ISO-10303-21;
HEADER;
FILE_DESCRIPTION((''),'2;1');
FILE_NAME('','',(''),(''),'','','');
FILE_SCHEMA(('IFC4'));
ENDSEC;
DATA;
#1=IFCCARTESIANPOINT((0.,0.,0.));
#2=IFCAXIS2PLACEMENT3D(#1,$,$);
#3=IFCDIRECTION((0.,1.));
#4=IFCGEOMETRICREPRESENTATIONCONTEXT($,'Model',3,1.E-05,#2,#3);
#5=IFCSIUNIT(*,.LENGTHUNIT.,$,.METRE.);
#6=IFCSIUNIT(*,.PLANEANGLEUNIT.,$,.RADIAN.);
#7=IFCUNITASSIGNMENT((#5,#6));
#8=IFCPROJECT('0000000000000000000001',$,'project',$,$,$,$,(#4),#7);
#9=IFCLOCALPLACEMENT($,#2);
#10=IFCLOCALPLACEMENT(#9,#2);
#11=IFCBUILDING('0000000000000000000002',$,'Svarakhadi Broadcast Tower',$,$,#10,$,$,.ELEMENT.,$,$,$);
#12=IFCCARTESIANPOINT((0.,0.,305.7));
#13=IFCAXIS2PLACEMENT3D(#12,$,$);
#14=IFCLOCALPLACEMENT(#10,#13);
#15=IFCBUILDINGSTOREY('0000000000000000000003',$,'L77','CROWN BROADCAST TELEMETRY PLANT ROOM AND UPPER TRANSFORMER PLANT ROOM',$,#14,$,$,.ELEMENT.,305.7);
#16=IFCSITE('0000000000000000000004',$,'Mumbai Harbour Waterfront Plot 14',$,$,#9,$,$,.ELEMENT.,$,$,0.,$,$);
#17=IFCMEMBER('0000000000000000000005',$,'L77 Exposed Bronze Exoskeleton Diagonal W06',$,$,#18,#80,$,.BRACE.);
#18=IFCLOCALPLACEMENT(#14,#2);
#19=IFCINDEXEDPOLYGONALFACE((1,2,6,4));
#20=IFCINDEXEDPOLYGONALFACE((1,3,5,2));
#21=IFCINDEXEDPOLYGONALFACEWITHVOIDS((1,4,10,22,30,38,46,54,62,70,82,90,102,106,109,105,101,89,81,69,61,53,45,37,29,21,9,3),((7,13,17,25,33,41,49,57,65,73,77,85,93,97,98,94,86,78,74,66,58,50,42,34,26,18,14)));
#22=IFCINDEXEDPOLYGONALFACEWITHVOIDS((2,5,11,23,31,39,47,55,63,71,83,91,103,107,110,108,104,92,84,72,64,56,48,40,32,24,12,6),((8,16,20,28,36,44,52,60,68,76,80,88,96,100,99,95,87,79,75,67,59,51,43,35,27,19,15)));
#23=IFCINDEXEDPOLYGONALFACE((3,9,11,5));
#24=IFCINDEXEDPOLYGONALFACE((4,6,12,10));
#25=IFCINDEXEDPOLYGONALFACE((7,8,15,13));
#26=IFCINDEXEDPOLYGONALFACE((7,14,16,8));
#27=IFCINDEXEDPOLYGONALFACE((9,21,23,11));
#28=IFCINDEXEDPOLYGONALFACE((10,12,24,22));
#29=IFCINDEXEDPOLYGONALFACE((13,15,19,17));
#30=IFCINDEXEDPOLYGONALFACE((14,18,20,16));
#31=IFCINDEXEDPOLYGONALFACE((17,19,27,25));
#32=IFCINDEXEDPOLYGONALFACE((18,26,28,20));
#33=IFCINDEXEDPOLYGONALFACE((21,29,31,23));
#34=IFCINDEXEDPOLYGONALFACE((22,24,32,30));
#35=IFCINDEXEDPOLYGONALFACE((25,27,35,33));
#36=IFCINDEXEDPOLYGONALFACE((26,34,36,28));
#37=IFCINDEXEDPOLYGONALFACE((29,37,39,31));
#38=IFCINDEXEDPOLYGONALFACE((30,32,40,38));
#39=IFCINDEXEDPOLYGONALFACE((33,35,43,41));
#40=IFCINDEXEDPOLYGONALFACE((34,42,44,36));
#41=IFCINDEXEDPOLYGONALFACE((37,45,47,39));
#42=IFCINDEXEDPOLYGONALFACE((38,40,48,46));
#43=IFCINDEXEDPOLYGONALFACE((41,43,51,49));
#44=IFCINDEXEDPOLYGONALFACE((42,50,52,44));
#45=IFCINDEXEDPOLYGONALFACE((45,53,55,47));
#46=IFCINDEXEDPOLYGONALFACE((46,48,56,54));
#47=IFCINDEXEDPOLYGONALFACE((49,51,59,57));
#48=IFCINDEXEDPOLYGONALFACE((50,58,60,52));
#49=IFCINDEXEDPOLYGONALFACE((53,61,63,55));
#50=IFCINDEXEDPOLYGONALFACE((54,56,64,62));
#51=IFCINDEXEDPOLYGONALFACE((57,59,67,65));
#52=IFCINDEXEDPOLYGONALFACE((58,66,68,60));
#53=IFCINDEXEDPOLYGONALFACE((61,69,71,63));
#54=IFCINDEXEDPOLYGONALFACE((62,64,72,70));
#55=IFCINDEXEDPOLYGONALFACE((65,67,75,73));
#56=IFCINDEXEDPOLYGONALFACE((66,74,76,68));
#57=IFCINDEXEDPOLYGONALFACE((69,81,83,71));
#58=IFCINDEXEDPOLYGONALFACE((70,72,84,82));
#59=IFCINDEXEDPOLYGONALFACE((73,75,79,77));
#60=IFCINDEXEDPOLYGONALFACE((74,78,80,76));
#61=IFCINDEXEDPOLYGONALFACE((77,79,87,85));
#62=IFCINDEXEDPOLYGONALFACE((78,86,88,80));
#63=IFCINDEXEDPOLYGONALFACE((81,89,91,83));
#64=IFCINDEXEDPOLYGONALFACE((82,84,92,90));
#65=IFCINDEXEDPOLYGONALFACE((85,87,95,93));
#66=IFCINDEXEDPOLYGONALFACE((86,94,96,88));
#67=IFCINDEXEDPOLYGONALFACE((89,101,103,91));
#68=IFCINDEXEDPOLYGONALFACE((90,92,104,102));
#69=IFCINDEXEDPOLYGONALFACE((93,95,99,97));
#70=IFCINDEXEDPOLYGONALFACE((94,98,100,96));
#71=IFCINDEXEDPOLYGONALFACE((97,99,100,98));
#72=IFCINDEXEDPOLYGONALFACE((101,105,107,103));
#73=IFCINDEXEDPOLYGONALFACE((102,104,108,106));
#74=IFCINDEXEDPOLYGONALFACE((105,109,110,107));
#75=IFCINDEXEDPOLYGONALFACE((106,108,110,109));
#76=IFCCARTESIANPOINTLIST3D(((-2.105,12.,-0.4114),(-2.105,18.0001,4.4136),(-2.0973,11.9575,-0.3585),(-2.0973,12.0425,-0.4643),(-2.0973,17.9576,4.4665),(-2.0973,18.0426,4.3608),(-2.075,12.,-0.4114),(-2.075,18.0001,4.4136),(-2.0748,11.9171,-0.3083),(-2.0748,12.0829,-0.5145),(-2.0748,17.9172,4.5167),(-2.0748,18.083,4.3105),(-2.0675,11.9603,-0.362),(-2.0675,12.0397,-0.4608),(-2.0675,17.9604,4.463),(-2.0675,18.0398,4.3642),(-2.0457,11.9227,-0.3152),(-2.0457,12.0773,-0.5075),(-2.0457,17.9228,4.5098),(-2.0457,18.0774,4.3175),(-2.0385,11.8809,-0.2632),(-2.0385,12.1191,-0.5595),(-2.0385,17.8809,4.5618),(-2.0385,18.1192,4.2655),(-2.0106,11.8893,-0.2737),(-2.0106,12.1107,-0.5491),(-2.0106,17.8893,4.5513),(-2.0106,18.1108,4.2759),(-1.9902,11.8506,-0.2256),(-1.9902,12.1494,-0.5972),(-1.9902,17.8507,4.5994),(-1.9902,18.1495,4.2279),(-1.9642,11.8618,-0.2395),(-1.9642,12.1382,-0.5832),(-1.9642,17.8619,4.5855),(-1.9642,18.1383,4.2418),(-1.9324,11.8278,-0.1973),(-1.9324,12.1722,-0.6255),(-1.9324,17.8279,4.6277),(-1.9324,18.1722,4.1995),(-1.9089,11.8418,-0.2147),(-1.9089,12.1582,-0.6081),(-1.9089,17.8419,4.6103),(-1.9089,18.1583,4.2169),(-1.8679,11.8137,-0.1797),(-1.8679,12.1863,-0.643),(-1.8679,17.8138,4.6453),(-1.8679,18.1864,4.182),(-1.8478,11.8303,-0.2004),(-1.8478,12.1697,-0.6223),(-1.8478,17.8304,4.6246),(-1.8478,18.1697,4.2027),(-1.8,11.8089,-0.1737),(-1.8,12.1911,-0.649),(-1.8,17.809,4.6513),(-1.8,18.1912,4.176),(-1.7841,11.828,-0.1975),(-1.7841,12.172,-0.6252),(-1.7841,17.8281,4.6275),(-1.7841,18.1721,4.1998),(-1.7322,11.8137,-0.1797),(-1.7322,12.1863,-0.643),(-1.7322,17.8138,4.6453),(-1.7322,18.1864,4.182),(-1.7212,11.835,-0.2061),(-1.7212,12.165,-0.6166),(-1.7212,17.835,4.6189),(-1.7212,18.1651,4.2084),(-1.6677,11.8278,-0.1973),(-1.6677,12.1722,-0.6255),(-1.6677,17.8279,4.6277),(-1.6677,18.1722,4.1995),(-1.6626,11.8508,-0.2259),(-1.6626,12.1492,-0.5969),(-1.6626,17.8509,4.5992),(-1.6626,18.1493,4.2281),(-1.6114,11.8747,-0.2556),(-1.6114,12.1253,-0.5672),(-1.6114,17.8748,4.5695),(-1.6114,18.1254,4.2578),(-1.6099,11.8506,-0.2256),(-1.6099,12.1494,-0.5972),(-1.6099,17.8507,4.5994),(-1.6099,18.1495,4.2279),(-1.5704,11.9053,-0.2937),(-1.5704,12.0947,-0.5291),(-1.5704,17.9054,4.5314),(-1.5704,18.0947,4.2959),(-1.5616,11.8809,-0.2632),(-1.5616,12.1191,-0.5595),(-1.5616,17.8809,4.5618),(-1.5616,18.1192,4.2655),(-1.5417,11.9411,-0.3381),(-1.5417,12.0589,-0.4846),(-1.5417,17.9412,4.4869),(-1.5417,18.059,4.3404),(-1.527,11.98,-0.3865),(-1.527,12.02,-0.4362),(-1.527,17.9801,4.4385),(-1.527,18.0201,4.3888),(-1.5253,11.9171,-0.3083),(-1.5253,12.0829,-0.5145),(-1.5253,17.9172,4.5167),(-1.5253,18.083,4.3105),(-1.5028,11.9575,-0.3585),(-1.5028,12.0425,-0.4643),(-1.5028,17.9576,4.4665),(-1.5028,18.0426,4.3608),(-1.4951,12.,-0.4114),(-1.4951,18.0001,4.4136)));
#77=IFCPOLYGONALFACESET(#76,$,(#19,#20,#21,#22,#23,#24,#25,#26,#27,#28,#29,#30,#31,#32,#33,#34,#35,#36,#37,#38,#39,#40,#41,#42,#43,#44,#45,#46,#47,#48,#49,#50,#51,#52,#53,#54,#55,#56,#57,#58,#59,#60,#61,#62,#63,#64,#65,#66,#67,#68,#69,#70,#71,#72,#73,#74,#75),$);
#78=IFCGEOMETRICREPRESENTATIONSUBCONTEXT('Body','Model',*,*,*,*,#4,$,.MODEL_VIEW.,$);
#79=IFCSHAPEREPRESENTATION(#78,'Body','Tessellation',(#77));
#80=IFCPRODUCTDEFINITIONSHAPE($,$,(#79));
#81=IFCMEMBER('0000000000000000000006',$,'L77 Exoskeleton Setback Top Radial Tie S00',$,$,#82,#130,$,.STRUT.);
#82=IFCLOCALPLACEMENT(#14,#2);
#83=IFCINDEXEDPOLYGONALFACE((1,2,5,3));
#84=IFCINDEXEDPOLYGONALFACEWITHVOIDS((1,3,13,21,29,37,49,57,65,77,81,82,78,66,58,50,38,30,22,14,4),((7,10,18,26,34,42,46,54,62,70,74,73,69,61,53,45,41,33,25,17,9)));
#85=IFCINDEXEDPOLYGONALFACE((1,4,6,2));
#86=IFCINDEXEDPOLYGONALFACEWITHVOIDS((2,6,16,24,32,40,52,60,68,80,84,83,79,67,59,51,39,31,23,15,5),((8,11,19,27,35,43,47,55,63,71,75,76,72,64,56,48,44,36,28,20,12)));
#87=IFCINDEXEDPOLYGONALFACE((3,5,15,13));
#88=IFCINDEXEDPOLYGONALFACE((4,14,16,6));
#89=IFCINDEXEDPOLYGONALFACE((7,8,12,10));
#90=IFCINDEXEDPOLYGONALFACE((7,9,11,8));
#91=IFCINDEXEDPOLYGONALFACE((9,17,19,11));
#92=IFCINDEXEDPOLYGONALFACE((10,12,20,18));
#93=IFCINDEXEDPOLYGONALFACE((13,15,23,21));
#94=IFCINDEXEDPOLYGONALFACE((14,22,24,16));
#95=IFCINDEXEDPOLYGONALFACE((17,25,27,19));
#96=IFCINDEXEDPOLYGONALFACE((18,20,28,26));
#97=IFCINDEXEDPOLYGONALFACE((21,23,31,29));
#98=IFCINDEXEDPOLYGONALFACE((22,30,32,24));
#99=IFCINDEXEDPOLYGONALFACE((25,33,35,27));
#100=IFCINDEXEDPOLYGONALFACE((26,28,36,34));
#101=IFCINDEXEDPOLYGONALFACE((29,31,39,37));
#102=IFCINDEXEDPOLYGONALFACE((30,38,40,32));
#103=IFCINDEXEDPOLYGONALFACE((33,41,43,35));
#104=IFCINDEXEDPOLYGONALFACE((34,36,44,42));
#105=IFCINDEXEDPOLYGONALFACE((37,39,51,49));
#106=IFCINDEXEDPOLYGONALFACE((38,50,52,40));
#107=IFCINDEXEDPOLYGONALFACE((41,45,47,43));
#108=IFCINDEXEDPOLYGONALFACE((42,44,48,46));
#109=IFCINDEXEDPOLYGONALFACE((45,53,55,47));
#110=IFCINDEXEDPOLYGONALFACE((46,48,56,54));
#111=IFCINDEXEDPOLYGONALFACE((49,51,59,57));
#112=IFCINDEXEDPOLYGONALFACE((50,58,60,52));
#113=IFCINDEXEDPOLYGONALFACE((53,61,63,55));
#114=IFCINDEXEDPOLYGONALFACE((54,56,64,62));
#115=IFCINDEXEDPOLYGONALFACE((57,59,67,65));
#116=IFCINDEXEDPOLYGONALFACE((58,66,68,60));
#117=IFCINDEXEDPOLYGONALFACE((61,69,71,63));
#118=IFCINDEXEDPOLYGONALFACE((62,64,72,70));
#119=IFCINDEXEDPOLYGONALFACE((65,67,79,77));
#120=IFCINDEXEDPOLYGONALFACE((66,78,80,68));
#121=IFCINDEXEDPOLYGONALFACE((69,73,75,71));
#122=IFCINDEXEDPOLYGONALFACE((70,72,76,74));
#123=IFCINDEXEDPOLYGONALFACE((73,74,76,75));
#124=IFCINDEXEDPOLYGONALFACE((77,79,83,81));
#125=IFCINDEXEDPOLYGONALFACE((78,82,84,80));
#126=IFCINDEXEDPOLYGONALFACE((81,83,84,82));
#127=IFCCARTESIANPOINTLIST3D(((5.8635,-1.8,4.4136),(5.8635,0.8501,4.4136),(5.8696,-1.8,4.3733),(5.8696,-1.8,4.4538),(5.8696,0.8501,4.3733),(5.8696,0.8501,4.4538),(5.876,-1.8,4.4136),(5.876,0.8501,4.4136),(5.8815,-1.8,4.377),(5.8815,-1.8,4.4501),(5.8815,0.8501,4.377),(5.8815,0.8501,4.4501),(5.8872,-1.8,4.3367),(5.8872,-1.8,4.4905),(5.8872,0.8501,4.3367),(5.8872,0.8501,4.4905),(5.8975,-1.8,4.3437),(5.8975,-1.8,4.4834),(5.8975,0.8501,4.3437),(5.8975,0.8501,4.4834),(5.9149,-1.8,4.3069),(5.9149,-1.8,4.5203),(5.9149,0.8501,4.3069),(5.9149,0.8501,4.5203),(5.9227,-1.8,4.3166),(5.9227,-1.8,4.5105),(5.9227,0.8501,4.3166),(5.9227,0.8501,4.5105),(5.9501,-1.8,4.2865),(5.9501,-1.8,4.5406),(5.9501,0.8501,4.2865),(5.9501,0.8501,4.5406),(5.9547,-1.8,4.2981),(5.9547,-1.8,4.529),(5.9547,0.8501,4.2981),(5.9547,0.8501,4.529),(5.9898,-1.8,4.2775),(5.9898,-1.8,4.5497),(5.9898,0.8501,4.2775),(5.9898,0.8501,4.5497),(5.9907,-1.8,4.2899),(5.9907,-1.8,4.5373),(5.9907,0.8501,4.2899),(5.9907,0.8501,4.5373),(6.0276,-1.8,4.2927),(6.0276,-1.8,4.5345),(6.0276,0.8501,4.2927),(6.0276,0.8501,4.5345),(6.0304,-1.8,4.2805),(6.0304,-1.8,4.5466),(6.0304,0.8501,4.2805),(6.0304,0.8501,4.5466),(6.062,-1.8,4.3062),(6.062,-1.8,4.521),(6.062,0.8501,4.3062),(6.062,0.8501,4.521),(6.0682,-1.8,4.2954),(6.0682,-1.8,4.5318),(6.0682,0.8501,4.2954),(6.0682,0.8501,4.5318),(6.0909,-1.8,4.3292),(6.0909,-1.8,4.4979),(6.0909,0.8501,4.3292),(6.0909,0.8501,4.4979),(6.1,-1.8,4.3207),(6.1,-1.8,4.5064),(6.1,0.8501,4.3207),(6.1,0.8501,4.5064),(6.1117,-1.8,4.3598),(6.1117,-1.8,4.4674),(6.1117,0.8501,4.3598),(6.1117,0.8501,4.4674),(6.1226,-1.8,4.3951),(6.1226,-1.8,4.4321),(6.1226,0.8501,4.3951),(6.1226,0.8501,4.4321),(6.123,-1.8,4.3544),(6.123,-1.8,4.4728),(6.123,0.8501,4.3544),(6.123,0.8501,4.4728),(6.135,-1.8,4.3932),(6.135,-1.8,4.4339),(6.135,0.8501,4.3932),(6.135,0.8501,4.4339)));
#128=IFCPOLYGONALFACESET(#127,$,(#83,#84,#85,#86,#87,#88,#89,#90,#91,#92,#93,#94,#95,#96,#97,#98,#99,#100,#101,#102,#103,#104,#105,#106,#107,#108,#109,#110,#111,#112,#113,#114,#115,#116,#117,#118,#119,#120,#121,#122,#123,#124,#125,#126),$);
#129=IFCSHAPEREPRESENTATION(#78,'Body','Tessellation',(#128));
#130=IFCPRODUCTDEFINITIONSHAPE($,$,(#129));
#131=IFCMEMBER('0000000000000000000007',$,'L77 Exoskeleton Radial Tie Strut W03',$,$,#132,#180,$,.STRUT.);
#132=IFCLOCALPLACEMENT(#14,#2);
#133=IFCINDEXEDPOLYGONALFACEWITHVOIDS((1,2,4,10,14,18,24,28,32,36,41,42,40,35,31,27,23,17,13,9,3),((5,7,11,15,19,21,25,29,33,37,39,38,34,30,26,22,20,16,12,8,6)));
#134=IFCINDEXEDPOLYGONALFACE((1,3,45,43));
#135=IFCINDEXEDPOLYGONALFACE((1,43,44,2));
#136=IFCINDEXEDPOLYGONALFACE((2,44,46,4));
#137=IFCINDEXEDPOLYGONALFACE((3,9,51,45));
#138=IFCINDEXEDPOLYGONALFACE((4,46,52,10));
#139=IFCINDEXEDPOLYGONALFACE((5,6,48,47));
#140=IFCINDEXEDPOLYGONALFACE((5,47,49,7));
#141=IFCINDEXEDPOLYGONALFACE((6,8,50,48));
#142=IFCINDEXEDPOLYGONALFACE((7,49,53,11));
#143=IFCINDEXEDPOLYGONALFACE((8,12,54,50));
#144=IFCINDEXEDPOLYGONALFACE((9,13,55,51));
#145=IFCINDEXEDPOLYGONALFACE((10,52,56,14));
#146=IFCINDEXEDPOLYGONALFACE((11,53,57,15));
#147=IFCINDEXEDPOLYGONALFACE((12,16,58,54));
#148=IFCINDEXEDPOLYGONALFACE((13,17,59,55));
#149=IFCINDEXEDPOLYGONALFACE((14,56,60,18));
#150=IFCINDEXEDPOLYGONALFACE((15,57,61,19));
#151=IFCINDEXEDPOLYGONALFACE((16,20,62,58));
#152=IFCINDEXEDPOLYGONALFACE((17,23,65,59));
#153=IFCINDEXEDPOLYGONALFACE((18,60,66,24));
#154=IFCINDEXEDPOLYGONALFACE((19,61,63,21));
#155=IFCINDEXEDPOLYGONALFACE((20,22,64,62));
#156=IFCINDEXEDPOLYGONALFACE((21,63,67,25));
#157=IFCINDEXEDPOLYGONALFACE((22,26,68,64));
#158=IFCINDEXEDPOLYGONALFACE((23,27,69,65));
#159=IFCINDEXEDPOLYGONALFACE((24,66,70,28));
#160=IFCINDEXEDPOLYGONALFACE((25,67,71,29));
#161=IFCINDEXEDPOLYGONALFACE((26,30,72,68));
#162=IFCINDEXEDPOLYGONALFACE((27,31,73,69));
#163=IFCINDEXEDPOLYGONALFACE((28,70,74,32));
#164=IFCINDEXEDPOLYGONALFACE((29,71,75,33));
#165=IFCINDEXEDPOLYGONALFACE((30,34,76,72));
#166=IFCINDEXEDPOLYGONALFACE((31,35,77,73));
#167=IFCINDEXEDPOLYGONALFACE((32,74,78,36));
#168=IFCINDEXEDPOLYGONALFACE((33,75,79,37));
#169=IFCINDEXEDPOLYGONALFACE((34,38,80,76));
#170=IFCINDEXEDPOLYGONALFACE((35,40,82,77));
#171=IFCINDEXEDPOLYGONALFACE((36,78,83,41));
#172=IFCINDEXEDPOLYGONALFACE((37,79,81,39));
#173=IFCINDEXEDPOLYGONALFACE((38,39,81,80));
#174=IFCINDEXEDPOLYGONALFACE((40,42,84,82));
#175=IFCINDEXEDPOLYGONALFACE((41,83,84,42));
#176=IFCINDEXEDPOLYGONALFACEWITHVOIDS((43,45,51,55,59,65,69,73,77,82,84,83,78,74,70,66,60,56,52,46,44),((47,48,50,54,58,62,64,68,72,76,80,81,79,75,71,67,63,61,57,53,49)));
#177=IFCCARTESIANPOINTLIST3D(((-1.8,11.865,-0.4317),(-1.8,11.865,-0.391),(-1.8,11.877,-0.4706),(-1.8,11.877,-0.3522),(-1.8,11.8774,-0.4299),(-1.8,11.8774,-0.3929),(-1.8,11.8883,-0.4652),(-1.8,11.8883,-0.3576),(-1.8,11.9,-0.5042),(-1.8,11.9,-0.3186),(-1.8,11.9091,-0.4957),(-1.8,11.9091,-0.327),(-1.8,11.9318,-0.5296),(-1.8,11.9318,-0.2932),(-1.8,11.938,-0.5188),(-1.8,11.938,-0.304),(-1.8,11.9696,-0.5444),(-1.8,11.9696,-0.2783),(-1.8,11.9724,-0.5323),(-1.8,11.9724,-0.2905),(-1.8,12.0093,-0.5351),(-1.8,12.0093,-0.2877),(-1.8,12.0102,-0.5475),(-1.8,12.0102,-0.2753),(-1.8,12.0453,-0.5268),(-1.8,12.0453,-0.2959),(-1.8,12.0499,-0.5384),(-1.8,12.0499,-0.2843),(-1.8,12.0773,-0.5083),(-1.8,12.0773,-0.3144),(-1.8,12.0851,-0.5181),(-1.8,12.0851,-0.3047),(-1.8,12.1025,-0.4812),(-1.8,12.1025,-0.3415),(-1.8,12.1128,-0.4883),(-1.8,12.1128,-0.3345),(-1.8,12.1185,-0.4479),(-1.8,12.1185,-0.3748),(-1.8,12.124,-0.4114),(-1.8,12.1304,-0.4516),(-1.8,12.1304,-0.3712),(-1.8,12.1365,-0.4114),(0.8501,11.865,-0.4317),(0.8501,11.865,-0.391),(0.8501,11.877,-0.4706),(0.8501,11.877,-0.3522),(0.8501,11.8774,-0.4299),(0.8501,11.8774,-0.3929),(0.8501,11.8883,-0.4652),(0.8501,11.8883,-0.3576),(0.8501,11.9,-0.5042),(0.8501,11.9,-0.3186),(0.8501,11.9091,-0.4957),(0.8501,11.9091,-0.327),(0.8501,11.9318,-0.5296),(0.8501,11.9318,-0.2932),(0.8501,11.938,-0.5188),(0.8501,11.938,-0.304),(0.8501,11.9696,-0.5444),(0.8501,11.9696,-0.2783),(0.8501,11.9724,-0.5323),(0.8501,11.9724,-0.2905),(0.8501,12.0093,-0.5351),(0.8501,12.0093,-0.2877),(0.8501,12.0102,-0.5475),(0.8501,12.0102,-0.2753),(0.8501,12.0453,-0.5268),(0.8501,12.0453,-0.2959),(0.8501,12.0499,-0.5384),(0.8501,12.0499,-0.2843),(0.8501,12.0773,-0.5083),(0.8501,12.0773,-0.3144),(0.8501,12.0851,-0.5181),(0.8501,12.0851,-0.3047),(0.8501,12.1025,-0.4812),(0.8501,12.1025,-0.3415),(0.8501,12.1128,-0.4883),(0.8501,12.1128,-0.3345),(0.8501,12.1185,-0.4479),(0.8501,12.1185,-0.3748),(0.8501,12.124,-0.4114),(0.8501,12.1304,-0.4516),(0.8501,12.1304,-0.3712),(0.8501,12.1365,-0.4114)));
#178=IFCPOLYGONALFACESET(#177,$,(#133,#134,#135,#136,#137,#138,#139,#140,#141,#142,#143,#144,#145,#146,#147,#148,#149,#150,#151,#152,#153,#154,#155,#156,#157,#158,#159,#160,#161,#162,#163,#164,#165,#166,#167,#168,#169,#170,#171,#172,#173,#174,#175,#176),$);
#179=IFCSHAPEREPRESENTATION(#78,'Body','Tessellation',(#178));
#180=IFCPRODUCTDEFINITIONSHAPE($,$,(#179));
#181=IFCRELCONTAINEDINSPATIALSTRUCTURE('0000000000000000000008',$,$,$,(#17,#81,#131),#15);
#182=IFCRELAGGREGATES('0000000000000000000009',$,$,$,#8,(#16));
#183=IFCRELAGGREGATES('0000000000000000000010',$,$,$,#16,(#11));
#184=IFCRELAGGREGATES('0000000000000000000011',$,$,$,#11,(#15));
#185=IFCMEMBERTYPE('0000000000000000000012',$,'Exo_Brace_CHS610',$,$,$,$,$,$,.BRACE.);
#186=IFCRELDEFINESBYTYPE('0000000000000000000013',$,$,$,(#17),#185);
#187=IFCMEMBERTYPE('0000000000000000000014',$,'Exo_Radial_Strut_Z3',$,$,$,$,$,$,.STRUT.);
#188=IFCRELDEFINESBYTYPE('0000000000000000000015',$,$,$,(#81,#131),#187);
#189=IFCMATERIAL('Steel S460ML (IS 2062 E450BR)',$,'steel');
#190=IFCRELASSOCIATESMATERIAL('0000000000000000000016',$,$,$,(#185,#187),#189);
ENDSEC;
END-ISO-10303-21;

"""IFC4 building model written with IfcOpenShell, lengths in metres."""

from ifc_helpers import new_model, si_unit, direction, frame, origin, origin_2d, place, context, subcontext, project, spatial, hollow_circle, extrude, material, material_profile, profile_set, type_object, element, save


model = new_model("IFC4")

# Units and contexts
model_context = context("Model", 3, precision=1e-05, world=origin(), true_north=direction((0.0, 1.0)))
body_context = subcontext(model_context, "Body", "Model", "MODEL_VIEW")
ifc_project = project(units=[si_unit("LENGTHUNIT", "METRE"), si_unit("PLANEANGLEUNIT", "RADIAN")], contexts=[model_context])

# Site, building, storey
site_placement = place(None, origin())
site = spatial("IfcSite", under=ifc_project, at=site_placement, Name="Mumbai Harbour Waterfront Plot 14", CompositionType="ELEMENT", RefElevation=0.0)
building_placement = place(site_placement, origin())
building = spatial("IfcBuilding", under=site, at=building_placement, Name="Svarakhadi Broadcast Tower", CompositionType="ELEMENT")
storey_placement = place(building_placement, frame((0.0, 0.0, 305.7)))
storey = spatial("IfcBuildingStorey", under=building, at=storey_placement, Name="L77", Description="CROWN BROADCAST TELEMETRY PLANT ROOM AND UPPER TRANSFORMER PLANT ROOM", CompositionType="ELEMENT", Elevation=305.7)

# Shared definitions
ifc_material_1 = material(Name="Steel S460ML (IS 2062 E450BR)", Category="steel")

# Members
ifc_material_profile_1 = material_profile(ifc_material_1, hollow_circle(Radius=0.3049, WallThickness=0.03, at=origin_2d()), Name="CHS 610x30")
ifc_profile_set_1 = profile_set([ifc_material_profile_1], Name="Steel S460ML (IS 2062 E450BR)")
member_type_1 = type_object("IfcMemberType", Name="Exo_Brace_CHS610", PredefinedType="BRACE", material=ifc_profile_set_1)
for number, where, z_axis, x_axis, name in (
    (1, (-1.8, 12.0, -0.4114), (0.0, 0.779285, 0.626669), (-1.0, 0.0, 0.0), "L77 Exposed Bronze Exoskeleton Diagonal W06"),
):
    element("IfcMember", number, at=place(storey_placement, frame(where, z_axis=z_axis, x_axis=x_axis)), inside=storey, type_object=member_type_1, Name=name, PredefinedType="BRACE", context=body_context, shape_type="SweptSolid", body=[
        extrude(hollow_circle(Radius=0.3049, WallThickness=0.03, at=origin_2d()), origin(), (0.0, 0.0, 1.0), 7.6995),
    ])
ifc_material_profile_2 = material_profile(ifc_material_1, hollow_circle(Radius=0.1365, WallThickness=0.0125, at=origin_2d()), Name="CHS 273x12.5")
ifc_profile_set_2 = profile_set([ifc_material_profile_2], Name="Steel S460ML (IS 2062 E450BR)")
member_type_2 = type_object("IfcMemberType", Name="Exo_Radial_Strut_Z3", PredefinedType="STRUT", material=ifc_profile_set_2)
for number, where, z_axis, x_axis, name in (
    (2, (6.0, -1.8, 4.4136), (0.0, 1.0, 0.0), (-1.0, 0.0, 0.0), "L77 Exoskeleton Setback Top Radial Tie S00"),
    (3, (-1.8, 12.0, -0.4114), (1.0, 0.0, 0.0), (0.0, 1.0, 0.0), "L77 Exoskeleton Radial Tie Strut W03"),
):
    element("IfcMember", number, at=place(storey_placement, frame(where, z_axis=z_axis, x_axis=x_axis)), inside=storey, type_object=member_type_2, Name=name, PredefinedType="STRUT", context=body_context, shape_type="SweptSolid", body=[
        extrude(hollow_circle(Radius=0.1365, WallThickness=0.0125, at=origin_2d()), origin(), (0.0, 0.0, 1.0), 2.6501),
    ])

save(model, "model.ifc")
